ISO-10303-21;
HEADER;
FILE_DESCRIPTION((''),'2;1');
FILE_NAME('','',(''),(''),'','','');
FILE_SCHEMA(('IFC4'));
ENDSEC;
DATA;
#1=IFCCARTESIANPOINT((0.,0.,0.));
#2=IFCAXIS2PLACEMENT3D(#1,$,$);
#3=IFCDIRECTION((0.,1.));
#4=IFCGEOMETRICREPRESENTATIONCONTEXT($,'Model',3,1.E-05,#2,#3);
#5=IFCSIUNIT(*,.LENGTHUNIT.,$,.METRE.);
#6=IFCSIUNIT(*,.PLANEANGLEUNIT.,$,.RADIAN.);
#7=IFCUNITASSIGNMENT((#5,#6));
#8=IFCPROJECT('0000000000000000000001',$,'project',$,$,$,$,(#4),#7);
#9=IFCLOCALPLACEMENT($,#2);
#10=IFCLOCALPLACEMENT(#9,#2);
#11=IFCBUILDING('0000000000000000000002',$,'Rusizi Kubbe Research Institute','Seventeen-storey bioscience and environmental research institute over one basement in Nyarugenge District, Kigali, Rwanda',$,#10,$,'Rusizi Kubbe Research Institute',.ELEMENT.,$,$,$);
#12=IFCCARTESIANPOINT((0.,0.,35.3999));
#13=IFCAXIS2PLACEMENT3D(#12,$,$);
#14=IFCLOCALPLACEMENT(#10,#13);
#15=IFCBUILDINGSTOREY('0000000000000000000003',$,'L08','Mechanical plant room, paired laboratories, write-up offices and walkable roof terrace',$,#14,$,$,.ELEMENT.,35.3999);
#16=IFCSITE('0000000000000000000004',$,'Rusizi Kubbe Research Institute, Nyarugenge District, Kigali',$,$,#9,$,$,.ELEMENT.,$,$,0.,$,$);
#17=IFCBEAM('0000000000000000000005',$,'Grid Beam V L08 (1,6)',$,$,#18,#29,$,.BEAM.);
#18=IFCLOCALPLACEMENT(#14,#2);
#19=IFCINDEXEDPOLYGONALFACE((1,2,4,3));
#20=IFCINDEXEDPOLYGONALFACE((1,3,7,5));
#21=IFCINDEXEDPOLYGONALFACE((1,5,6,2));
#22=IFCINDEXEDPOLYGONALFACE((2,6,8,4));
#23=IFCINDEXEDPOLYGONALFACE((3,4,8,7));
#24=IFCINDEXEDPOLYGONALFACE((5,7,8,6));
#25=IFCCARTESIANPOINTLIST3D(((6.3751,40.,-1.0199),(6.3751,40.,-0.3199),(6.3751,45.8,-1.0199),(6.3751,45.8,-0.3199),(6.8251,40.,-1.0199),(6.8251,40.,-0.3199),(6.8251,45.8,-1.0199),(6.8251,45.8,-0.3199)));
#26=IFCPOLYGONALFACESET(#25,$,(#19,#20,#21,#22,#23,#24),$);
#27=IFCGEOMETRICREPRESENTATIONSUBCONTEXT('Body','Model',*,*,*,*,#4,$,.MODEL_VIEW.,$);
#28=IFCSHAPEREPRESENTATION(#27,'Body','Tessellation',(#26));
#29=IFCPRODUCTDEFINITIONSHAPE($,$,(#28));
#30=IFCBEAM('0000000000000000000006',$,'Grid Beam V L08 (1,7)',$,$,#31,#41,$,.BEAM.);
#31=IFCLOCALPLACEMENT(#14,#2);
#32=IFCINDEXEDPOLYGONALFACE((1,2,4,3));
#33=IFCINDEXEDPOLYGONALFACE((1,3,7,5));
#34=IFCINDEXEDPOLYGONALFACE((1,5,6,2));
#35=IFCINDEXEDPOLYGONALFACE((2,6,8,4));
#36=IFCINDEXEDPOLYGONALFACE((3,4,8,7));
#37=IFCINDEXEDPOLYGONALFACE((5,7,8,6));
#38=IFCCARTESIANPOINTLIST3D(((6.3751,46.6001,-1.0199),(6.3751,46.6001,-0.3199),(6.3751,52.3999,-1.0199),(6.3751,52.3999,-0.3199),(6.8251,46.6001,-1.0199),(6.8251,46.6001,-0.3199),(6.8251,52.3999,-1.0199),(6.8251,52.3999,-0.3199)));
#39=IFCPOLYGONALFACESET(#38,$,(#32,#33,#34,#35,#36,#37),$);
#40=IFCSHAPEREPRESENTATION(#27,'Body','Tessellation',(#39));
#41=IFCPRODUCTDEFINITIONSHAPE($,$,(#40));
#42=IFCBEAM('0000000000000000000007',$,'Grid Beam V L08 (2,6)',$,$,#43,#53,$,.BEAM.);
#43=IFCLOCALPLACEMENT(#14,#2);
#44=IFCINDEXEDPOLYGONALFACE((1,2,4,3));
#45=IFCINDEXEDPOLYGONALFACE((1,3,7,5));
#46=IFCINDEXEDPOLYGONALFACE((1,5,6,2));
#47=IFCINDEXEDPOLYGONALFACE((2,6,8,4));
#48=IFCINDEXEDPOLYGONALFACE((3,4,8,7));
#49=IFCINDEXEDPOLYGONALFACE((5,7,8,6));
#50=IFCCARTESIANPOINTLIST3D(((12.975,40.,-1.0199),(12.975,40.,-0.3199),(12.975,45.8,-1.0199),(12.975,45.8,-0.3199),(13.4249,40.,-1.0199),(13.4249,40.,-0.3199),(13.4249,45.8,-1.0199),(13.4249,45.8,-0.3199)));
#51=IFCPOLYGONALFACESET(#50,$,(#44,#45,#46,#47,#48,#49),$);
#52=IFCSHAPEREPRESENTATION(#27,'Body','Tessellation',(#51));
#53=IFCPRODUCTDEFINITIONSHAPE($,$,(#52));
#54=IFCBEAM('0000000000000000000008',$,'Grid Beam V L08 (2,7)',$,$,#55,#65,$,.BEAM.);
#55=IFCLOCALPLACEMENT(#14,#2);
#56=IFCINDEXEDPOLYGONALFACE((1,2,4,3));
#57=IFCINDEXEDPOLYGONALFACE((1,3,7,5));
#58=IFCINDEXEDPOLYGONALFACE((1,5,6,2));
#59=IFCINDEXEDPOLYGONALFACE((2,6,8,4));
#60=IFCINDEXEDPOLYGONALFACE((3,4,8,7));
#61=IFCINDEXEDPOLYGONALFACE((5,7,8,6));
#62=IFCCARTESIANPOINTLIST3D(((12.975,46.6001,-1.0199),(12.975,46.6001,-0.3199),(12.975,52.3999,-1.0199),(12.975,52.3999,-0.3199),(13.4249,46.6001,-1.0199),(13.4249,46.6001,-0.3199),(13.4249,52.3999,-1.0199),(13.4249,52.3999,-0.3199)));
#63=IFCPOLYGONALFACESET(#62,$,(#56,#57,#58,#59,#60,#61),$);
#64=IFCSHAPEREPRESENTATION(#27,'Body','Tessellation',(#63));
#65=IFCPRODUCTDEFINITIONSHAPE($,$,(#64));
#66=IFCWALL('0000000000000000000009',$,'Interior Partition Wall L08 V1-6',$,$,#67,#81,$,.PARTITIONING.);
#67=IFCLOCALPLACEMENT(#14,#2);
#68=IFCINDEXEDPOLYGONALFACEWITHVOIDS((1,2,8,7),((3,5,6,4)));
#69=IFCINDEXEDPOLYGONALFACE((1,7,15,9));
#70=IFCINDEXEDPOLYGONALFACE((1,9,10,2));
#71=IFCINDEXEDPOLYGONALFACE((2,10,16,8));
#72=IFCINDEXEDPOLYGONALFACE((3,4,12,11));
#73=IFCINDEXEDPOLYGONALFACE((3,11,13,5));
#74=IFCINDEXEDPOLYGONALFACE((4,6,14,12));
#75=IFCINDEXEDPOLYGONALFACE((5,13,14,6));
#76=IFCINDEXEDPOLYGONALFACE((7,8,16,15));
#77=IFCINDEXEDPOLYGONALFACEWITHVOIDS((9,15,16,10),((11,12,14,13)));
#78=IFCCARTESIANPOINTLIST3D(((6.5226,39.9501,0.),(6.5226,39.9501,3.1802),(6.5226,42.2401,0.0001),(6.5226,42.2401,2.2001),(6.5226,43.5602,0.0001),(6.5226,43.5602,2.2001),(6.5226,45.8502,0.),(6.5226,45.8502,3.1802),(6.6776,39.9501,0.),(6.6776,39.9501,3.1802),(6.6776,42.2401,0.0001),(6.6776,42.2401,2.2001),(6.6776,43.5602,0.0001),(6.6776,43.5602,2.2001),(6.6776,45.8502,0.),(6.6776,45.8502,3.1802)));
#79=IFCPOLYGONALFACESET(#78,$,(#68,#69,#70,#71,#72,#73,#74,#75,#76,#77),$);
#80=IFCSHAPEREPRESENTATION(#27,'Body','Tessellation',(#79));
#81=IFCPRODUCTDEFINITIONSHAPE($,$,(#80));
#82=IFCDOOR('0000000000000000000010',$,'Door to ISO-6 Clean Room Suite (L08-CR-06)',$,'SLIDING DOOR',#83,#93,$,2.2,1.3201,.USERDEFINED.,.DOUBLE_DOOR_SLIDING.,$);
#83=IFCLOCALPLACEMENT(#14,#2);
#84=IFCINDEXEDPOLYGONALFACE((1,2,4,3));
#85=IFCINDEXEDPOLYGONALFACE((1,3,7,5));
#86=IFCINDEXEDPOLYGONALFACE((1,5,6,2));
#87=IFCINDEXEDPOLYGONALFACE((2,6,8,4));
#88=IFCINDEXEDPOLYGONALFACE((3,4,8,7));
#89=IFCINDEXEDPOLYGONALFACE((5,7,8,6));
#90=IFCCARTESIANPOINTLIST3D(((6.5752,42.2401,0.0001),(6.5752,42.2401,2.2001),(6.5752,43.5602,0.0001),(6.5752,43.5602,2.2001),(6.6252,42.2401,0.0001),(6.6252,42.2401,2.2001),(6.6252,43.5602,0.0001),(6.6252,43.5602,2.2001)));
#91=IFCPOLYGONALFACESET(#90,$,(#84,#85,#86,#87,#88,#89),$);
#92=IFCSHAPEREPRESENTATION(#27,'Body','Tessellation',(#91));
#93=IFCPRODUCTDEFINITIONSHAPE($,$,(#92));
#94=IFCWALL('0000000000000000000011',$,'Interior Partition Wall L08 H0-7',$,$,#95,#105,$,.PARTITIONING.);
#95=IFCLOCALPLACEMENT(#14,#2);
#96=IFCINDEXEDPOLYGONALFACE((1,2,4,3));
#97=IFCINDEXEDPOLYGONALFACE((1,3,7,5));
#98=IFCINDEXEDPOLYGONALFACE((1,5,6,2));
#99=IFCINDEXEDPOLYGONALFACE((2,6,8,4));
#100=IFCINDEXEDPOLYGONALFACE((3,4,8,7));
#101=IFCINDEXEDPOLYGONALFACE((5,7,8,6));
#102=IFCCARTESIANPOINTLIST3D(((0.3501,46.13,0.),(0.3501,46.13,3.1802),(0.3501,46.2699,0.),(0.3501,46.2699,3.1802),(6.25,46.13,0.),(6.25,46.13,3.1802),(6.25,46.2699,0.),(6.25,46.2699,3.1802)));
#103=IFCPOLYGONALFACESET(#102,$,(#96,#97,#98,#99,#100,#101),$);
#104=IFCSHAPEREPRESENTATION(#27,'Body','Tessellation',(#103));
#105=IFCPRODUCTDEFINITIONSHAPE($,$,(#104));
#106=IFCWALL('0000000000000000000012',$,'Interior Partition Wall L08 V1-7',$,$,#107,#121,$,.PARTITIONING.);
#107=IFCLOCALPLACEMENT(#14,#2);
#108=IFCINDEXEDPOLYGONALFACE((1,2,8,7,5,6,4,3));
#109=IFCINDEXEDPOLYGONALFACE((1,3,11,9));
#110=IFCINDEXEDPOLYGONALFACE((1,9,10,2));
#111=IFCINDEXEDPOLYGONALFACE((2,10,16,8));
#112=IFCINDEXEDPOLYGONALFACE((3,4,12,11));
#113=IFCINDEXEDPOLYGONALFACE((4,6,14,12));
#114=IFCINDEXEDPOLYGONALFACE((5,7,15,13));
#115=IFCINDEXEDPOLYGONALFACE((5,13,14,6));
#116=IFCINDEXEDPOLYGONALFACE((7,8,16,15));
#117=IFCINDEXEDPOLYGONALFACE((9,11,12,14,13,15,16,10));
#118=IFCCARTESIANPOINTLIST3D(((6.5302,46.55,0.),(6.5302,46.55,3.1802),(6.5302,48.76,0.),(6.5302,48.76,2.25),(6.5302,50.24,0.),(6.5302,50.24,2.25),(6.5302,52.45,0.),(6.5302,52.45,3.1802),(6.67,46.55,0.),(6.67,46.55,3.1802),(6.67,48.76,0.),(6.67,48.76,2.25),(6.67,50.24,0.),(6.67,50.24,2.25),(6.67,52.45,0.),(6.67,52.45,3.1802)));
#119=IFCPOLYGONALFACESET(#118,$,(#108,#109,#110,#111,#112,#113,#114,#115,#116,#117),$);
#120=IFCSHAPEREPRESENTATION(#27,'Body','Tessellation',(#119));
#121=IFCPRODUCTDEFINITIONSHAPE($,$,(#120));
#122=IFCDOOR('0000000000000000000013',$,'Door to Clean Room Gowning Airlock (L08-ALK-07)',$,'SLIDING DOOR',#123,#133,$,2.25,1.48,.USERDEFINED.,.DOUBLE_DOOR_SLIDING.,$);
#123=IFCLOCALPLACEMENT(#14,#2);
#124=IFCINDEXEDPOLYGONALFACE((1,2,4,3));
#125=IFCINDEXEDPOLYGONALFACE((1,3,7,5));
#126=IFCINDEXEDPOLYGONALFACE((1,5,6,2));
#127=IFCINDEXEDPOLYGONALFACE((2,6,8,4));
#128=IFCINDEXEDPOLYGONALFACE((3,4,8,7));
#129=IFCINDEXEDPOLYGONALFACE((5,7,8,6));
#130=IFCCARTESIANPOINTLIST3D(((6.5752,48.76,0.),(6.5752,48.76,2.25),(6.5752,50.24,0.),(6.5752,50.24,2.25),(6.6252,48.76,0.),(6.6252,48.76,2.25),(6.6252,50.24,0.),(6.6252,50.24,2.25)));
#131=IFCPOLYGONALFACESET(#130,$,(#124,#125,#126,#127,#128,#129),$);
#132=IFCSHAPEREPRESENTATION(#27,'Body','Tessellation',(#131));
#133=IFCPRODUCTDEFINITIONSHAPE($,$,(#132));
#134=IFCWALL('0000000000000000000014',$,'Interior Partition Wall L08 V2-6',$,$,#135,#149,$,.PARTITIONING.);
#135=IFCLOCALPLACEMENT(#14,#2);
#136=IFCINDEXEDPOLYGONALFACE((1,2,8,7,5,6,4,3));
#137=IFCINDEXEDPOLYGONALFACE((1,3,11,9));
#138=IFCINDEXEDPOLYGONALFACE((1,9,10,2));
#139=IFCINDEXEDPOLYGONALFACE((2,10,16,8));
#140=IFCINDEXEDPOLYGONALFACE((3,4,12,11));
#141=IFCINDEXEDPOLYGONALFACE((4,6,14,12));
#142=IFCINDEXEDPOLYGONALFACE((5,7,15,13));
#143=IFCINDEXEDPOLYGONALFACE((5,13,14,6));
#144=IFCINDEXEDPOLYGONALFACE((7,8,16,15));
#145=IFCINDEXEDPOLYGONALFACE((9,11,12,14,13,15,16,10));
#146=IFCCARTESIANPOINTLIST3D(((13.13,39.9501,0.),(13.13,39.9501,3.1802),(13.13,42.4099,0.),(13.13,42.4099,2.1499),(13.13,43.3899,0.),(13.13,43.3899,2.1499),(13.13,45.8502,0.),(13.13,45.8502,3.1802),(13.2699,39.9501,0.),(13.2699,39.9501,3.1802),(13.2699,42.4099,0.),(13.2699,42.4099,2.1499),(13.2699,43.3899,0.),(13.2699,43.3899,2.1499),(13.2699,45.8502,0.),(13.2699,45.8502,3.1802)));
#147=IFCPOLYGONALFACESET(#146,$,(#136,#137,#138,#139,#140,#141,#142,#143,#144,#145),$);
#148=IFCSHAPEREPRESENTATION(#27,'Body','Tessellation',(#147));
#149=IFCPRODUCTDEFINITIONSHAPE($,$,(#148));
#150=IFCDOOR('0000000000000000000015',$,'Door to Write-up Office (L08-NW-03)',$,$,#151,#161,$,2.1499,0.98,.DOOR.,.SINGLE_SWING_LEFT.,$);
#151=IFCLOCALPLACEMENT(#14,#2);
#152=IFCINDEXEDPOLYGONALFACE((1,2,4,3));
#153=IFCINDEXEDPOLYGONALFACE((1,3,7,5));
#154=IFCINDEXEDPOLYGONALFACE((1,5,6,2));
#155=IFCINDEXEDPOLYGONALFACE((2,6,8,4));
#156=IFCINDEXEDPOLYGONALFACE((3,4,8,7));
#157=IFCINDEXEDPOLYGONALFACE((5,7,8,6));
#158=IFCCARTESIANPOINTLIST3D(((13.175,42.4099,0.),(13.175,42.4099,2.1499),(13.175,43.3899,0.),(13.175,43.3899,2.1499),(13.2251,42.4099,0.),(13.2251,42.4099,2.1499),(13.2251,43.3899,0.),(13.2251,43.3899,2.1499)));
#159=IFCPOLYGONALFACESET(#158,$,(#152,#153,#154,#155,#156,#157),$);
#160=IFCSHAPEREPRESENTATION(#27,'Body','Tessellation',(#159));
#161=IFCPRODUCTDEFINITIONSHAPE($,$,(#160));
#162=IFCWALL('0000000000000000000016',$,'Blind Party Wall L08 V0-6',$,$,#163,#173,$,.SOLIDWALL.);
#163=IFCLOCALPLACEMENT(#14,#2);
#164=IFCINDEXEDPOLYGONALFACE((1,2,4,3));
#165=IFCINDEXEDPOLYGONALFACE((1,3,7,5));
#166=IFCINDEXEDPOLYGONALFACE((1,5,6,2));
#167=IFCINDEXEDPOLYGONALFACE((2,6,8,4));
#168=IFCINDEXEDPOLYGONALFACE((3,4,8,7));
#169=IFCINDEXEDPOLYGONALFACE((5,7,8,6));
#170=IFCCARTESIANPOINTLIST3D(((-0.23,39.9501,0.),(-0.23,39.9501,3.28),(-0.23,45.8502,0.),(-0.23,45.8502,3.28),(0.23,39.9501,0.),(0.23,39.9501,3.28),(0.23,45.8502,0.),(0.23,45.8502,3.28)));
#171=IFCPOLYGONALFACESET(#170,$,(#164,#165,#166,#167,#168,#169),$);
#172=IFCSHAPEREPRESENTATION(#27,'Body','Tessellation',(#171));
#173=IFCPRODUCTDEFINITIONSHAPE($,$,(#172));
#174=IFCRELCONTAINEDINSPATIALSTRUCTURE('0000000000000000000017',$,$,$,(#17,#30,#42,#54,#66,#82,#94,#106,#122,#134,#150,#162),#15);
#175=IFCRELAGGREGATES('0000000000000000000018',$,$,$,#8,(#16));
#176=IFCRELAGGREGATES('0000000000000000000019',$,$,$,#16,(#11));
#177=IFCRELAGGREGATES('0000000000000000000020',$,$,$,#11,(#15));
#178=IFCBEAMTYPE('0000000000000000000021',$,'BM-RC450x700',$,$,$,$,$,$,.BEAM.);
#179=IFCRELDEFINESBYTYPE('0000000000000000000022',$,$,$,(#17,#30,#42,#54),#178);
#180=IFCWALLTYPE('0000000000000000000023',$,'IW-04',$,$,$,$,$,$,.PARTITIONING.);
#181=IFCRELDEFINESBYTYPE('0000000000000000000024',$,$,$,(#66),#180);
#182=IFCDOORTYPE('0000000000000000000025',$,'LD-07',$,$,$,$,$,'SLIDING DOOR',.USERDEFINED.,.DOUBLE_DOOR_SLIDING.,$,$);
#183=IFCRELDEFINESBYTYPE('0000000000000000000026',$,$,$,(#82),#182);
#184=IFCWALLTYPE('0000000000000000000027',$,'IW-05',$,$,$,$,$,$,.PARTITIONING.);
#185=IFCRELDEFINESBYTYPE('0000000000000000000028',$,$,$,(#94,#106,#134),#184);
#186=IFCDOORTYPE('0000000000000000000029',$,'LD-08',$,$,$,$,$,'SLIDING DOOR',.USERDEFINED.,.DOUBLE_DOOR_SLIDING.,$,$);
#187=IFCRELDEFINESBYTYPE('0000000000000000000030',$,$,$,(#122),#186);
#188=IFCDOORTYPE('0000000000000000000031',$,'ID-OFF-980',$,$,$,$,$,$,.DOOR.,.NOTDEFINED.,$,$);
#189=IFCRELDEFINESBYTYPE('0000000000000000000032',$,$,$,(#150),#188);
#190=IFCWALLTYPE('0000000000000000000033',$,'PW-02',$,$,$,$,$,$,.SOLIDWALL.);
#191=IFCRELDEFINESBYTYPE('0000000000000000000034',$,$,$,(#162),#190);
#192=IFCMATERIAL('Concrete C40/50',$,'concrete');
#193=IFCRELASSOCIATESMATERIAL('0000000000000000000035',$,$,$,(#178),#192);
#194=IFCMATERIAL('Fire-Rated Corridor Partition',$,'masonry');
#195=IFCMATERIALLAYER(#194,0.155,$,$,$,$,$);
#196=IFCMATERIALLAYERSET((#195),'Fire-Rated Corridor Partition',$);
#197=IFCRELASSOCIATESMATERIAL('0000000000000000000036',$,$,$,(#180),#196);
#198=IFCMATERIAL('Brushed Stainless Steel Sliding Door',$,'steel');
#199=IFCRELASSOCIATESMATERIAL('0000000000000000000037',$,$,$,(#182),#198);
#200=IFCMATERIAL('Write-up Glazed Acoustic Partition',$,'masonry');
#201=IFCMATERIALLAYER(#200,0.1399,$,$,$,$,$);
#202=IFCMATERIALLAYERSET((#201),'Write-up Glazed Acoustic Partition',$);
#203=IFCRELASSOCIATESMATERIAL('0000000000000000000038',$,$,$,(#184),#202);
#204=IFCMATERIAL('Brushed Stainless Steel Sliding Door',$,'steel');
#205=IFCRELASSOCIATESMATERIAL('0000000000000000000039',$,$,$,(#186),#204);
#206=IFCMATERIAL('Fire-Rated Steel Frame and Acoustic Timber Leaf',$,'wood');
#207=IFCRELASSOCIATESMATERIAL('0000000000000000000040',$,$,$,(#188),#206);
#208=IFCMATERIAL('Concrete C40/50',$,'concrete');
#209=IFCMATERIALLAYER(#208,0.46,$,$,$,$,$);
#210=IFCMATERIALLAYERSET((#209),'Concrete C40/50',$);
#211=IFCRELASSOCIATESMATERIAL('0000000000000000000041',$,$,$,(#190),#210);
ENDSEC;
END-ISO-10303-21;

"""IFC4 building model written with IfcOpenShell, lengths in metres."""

from ifc_helpers import new_model, si_unit, direction, frame, frame_2d, origin, origin_2d, place, context, subcontext, project, spatial, rectangle, extrude, material, layer, layer_set, material_profile, profile_set, type_object, element, fill, save


model = new_model("IFC4")

# Units and contexts
model_context = context("Model", 3, precision=1e-05, world=origin(), true_north=direction((0.0, 1.0)))
body_context = subcontext(model_context, "Body", "Model", "MODEL_VIEW")
ifc_project = project(units=[si_unit("LENGTHUNIT", "METRE"), si_unit("PLANEANGLEUNIT", "RADIAN")], contexts=[model_context])

# Site, building, storey
site_placement = place(None, origin())
site = spatial("IfcSite", under=ifc_project, at=site_placement, Name="Rusizi Kubbe Research Institute, Nyarugenge District, Kigali", CompositionType="ELEMENT", RefElevation=0.0)
building_placement = place(site_placement, origin())
building = spatial("IfcBuilding", under=site, at=building_placement, Name="Rusizi Kubbe Research Institute", Description="Seventeen-storey bioscience and environmental research institute over one basement in Nyarugenge District, Kigali, Rwanda", LongName="Rusizi Kubbe Research Institute", CompositionType="ELEMENT")
storey_placement = place(building_placement, frame((0.0, 0.0, 35.3999)))
storey = spatial("IfcBuildingStorey", under=building, at=storey_placement, Name="L08", Description="Mechanical plant room, paired laboratories, write-up offices and walkable roof terrace", CompositionType="ELEMENT", Elevation=35.3999)

# Beams
ifc_material_1 = material(Name="Concrete C40/50", Category="concrete")
ifc_material_profile_1 = material_profile(ifc_material_1, rectangle(XDim=0.45, YDim=0.7, at=origin_2d()), Name="RC450x700B")
ifc_profile_set_1 = profile_set([ifc_material_profile_1], Name="Concrete C40/50")
beam_type_1 = type_object("IfcBeamType", Name="BM-RC450x700", PredefinedType="BEAM", material=ifc_profile_set_1)
beam_1_placement = place(storey_placement, frame((6.6001, 40.0, -0.6699), z_axis=(0.0, 1.0, 0.0), x_axis=(-1.0, 0.0, 0.0)))
element("IfcBeam", 1, at=beam_1_placement, inside=storey, type_object=beam_type_1, Name="Grid Beam V L08 (1,6)", PredefinedType="BEAM", context=body_context, shape_type="SweptSolid", body=[
    extrude(rectangle(XDim=0.45, YDim=0.7, at=origin_2d()), origin(), (0.0, 0.0, 1.0), 5.8),
])
beam_2_placement = place(storey_placement, frame((6.6001, 46.6001, -0.6699), z_axis=(0.0, 1.0, 0.0), x_axis=(-1.0, 0.0, 0.0)))
element("IfcBeam", 2, at=beam_2_placement, inside=storey, type_object=beam_type_1, Name="Grid Beam V L08 (1,7)", PredefinedType="BEAM", context=body_context, shape_type="SweptSolid", body=[
    extrude(rectangle(XDim=0.45, YDim=0.7, at=origin_2d()), origin(), (0.0, 0.0, 1.0), 5.7998),
])
beam_3_placement = place(storey_placement, frame((13.2, 40.0, -0.6699), z_axis=(0.0, 1.0, 0.0), x_axis=(-1.0, 0.0, 0.0)))
element("IfcBeam", 3, at=beam_3_placement, inside=storey, type_object=beam_type_1, Name="Grid Beam V L08 (2,6)", PredefinedType="BEAM", context=body_context, shape_type="SweptSolid", body=[
    extrude(rectangle(XDim=0.45, YDim=0.7, at=origin_2d()), origin(), (0.0, 0.0, 1.0), 5.8),
])
beam_4_placement = place(storey_placement, frame((13.2, 46.6001, -0.6699), z_axis=(0.0, 1.0, 0.0), x_axis=(-1.0, 0.0, 0.0)))
element("IfcBeam", 4, at=beam_4_placement, inside=storey, type_object=beam_type_1, Name="Grid Beam V L08 (2,7)", PredefinedType="BEAM", context=body_context, shape_type="SweptSolid", body=[
    extrude(rectangle(XDim=0.45, YDim=0.7, at=origin_2d()), origin(), (0.0, 0.0, 1.0), 5.7998),
])

# Wall, opening, door
ifc_material_2 = material(Name="Fire-Rated Corridor Partition", Category="masonry")
ifc_layer_1 = layer(ifc_material_2, 0.155)
ifc_layer_set_1 = layer_set([ifc_layer_1], Name="Fire-Rated Corridor Partition")
wall_type_1 = type_object("IfcWallType", Name="IW-04", PredefinedType="PARTITIONING", material=ifc_layer_set_1)
wall_1_placement = place(storey_placement, frame((6.6001, 39.95, 0.0), z_axis=(0.0, 0.0, 1.0), x_axis=(0.0, 1.0, 0.0)))
wall_1 = element("IfcWall", 5, at=wall_1_placement, inside=storey, type_object=wall_type_1, Name="Interior Partition Wall L08 V1-6", PredefinedType="PARTITIONING", context=body_context, shape_type="SweptSolid", body=[
    extrude(rectangle(XDim=5.9001, YDim=0.155, at=frame_2d((2.9502, 0.0))), origin(), (0.0, 0.0, 1.0), 3.1802),
])
opening_1_placement = place(wall_1_placement, frame((2.29, 0.0, 0.0)))
opening_1 = element("IfcOpeningElement", 6, at=opening_1_placement, cuts=wall_1, PredefinedType="OPENING", context=body_context, shape_type="SweptSolid", body=[
    extrude(rectangle(XDim=1.3201, YDim=2.2, at=frame_2d((0.6602, 1.1001))), frame((0.0, 0.0874, 0.0), z_axis=(0.0, -1.0, 0.0), x_axis=(1.0, 0.0, 0.0)), (0.0, 0.0, 1.0), 0.175),
])
ifc_material_3 = material(Name="Brushed Stainless Steel Sliding Door", Category="steel")
door_type_1 = type_object("IfcDoorType", Name="LD-07", ElementType="SLIDING DOOR", OperationType="DOUBLE_DOOR_SLIDING", PredefinedType="USERDEFINED", material=ifc_material_3)
door_1_placement = place(opening_1_placement, origin())
door_1 = element("IfcDoor", 7, at=door_1_placement, inside=storey, type_object=door_type_1, Name="Door to ISO-6 Clean Room Suite (L08-CR-06)", ObjectType="SLIDING DOOR", OperationType="DOUBLE_DOOR_SLIDING", OverallHeight=2.2, OverallWidth=1.3201, PredefinedType="USERDEFINED", context=body_context, shape_type="SweptSolid", body=[
    extrude(rectangle(XDim=1.3201, YDim=2.2, at=frame_2d((0.6602, 1.1001))), frame((0.0, 0.0249, 0.0), z_axis=(0.0, -1.0, 0.0), x_axis=(1.0, 0.0, 0.0)), (0.0, 0.0, 1.0), 0.05),
])
fill(opening_1, door_1)

# Wall
ifc_material_4 = material(Name="Write-up Glazed Acoustic Partition", Category="masonry")
ifc_layer_2 = layer(ifc_material_4, 0.1399)
ifc_layer_set_2 = layer_set([ifc_layer_2], Name="Write-up Glazed Acoustic Partition")
wall_type_2 = type_object("IfcWallType", Name="IW-05", PredefinedType="PARTITIONING", material=ifc_layer_set_2)
wall_2_placement = place(storey_placement, frame((0.3501, 46.2, 0.0), z_axis=(0.0, 0.0, 1.0), x_axis=(1.0, 0.0, 0.0)))
element("IfcWall", 8, at=wall_2_placement, inside=storey, type_object=wall_type_2, Name="Interior Partition Wall L08 H0-7", PredefinedType="PARTITIONING", context=body_context, shape_type="SweptSolid", body=[
    extrude(rectangle(XDim=5.8999, YDim=0.1399, at=frame_2d((2.95, 0.0))), origin(), (0.0, 0.0, 1.0), 3.1802),
])

# Walls, openings, doors
wall_3_placement = place(storey_placement, frame((6.6001, 46.55, 0.0), z_axis=(0.0, 0.0, 1.0), x_axis=(0.0, 1.0, 0.0)))
wall_3 = element("IfcWall", 9, at=wall_3_placement, inside=storey, type_object=wall_type_2, Name="Interior Partition Wall L08 V1-7", PredefinedType="PARTITIONING", context=body_context, shape_type="SweptSolid", body=[
    extrude(rectangle(XDim=5.8999, YDim=0.1399, at=frame_2d((2.95, 0.0))), origin(), (0.0, 0.0, 1.0), 3.1802),
])
opening_2_placement = place(wall_3_placement, frame((2.21, 0.0, 0.0)))
opening_2 = element("IfcOpeningElement", 10, at=opening_2_placement, cuts=wall_3, PredefinedType="OPENING", context=body_context, shape_type="SweptSolid", body=[
    extrude(rectangle(XDim=1.48, YDim=2.25, at=frame_2d((0.74, 1.125))), frame((0.0, 0.0798, 0.0), z_axis=(0.0, -1.0, 0.0), x_axis=(1.0, 0.0, 0.0)), (0.0, 0.0, 1.0), 0.1599),
])
ifc_material_5 = material(Name="Brushed Stainless Steel Sliding Door", Category="steel")
door_type_2 = type_object("IfcDoorType", Name="LD-08", ElementType="SLIDING DOOR", OperationType="DOUBLE_DOOR_SLIDING", PredefinedType="USERDEFINED", material=ifc_material_5)
door_2_placement = place(opening_2_placement, origin())
door_2 = element("IfcDoor", 11, at=door_2_placement, inside=storey, type_object=door_type_2, Name="Door to Clean Room Gowning Airlock (L08-ALK-07)", ObjectType="SLIDING DOOR", OperationType="DOUBLE_DOOR_SLIDING", OverallHeight=2.25, OverallWidth=1.48, PredefinedType="USERDEFINED", context=body_context, shape_type="SweptSolid", body=[
    extrude(rectangle(XDim=1.48, YDim=2.25, at=frame_2d((0.74, 1.125))), frame((0.0, 0.0249, 0.0), z_axis=(0.0, -1.0, 0.0), x_axis=(1.0, 0.0, 0.0)), (0.0, 0.0, 1.0), 0.05),
])
fill(opening_2, door_2)
wall_4_placement = place(storey_placement, frame((13.2, 39.95, 0.0), z_axis=(0.0, 0.0, 1.0), x_axis=(0.0, 1.0, 0.0)))
wall_4 = element("IfcWall", 12, at=wall_4_placement, inside=storey, type_object=wall_type_2, Name="Interior Partition Wall L08 V2-6", PredefinedType="PARTITIONING", context=body_context, shape_type="SweptSolid", body=[
    extrude(rectangle(XDim=5.9001, YDim=0.1399, at=frame_2d((2.9502, 0.0))), origin(), (0.0, 0.0, 1.0), 3.1802),
])
opening_3_placement = place(wall_4_placement, frame((2.46, 0.0, 0.0)))
opening_3 = element("IfcOpeningElement", 13, at=opening_3_placement, cuts=wall_4, PredefinedType="OPENING", context=body_context, shape_type="SweptSolid", body=[
    extrude(rectangle(XDim=0.98, YDim=2.1499, at=frame_2d((0.49, 1.075))), frame((0.0, 0.0798, 0.0), z_axis=(0.0, -1.0, 0.0), x_axis=(1.0, 0.0, 0.0)), (0.0, 0.0, 1.0), 0.1599),
])
ifc_material_6 = material(Name="Fire-Rated Steel Frame and Acoustic Timber Leaf", Category="wood")
door_type_3 = type_object("IfcDoorType", Name="ID-OFF-980", OperationType="NOTDEFINED", PredefinedType="DOOR", material=ifc_material_6)
door_3_placement = place(opening_3_placement, origin())
door_3 = element("IfcDoor", 14, at=door_3_placement, inside=storey, type_object=door_type_3, Name="Door to Write-up Office (L08-NW-03)", OperationType="SINGLE_SWING_LEFT", OverallHeight=2.1499, OverallWidth=0.98, PredefinedType="DOOR", context=body_context, shape_type="SweptSolid", body=[
    extrude(rectangle(XDim=0.98, YDim=2.1499, at=frame_2d((0.49, 1.075))), frame((0.0, 0.0249, 0.0), z_axis=(0.0, -1.0, 0.0), x_axis=(1.0, 0.0, 0.0)), (0.0, 0.0, 1.0), 0.05),
])
fill(opening_3, door_3)

# Wall
ifc_material_7 = material(Name="Concrete C40/50", Category="concrete")
ifc_layer_3 = layer(ifc_material_7, 0.46)
ifc_layer_set_3 = layer_set([ifc_layer_3], Name="Concrete C40/50")
wall_type_3 = type_object("IfcWallType", Name="PW-02", PredefinedType="SOLIDWALL", material=ifc_layer_set_3)
wall_5_placement = place(storey_placement, frame((0.0, 39.95, 0.0), z_axis=(0.0, 0.0, 1.0), x_axis=(0.0, 1.0, 0.0)))
element("IfcWall", 15, at=wall_5_placement, inside=storey, type_object=wall_type_3, Name="Blind Party Wall L08 V0-6", PredefinedType="SOLIDWALL", context=body_context, shape_type="SweptSolid", body=[
    extrude(rectangle(XDim=5.9001, YDim=0.46, at=frame_2d((2.9502, 0.0))), origin(), (0.0, 0.0, 1.0), 3.28),
])

save(model, "model.ifc")
